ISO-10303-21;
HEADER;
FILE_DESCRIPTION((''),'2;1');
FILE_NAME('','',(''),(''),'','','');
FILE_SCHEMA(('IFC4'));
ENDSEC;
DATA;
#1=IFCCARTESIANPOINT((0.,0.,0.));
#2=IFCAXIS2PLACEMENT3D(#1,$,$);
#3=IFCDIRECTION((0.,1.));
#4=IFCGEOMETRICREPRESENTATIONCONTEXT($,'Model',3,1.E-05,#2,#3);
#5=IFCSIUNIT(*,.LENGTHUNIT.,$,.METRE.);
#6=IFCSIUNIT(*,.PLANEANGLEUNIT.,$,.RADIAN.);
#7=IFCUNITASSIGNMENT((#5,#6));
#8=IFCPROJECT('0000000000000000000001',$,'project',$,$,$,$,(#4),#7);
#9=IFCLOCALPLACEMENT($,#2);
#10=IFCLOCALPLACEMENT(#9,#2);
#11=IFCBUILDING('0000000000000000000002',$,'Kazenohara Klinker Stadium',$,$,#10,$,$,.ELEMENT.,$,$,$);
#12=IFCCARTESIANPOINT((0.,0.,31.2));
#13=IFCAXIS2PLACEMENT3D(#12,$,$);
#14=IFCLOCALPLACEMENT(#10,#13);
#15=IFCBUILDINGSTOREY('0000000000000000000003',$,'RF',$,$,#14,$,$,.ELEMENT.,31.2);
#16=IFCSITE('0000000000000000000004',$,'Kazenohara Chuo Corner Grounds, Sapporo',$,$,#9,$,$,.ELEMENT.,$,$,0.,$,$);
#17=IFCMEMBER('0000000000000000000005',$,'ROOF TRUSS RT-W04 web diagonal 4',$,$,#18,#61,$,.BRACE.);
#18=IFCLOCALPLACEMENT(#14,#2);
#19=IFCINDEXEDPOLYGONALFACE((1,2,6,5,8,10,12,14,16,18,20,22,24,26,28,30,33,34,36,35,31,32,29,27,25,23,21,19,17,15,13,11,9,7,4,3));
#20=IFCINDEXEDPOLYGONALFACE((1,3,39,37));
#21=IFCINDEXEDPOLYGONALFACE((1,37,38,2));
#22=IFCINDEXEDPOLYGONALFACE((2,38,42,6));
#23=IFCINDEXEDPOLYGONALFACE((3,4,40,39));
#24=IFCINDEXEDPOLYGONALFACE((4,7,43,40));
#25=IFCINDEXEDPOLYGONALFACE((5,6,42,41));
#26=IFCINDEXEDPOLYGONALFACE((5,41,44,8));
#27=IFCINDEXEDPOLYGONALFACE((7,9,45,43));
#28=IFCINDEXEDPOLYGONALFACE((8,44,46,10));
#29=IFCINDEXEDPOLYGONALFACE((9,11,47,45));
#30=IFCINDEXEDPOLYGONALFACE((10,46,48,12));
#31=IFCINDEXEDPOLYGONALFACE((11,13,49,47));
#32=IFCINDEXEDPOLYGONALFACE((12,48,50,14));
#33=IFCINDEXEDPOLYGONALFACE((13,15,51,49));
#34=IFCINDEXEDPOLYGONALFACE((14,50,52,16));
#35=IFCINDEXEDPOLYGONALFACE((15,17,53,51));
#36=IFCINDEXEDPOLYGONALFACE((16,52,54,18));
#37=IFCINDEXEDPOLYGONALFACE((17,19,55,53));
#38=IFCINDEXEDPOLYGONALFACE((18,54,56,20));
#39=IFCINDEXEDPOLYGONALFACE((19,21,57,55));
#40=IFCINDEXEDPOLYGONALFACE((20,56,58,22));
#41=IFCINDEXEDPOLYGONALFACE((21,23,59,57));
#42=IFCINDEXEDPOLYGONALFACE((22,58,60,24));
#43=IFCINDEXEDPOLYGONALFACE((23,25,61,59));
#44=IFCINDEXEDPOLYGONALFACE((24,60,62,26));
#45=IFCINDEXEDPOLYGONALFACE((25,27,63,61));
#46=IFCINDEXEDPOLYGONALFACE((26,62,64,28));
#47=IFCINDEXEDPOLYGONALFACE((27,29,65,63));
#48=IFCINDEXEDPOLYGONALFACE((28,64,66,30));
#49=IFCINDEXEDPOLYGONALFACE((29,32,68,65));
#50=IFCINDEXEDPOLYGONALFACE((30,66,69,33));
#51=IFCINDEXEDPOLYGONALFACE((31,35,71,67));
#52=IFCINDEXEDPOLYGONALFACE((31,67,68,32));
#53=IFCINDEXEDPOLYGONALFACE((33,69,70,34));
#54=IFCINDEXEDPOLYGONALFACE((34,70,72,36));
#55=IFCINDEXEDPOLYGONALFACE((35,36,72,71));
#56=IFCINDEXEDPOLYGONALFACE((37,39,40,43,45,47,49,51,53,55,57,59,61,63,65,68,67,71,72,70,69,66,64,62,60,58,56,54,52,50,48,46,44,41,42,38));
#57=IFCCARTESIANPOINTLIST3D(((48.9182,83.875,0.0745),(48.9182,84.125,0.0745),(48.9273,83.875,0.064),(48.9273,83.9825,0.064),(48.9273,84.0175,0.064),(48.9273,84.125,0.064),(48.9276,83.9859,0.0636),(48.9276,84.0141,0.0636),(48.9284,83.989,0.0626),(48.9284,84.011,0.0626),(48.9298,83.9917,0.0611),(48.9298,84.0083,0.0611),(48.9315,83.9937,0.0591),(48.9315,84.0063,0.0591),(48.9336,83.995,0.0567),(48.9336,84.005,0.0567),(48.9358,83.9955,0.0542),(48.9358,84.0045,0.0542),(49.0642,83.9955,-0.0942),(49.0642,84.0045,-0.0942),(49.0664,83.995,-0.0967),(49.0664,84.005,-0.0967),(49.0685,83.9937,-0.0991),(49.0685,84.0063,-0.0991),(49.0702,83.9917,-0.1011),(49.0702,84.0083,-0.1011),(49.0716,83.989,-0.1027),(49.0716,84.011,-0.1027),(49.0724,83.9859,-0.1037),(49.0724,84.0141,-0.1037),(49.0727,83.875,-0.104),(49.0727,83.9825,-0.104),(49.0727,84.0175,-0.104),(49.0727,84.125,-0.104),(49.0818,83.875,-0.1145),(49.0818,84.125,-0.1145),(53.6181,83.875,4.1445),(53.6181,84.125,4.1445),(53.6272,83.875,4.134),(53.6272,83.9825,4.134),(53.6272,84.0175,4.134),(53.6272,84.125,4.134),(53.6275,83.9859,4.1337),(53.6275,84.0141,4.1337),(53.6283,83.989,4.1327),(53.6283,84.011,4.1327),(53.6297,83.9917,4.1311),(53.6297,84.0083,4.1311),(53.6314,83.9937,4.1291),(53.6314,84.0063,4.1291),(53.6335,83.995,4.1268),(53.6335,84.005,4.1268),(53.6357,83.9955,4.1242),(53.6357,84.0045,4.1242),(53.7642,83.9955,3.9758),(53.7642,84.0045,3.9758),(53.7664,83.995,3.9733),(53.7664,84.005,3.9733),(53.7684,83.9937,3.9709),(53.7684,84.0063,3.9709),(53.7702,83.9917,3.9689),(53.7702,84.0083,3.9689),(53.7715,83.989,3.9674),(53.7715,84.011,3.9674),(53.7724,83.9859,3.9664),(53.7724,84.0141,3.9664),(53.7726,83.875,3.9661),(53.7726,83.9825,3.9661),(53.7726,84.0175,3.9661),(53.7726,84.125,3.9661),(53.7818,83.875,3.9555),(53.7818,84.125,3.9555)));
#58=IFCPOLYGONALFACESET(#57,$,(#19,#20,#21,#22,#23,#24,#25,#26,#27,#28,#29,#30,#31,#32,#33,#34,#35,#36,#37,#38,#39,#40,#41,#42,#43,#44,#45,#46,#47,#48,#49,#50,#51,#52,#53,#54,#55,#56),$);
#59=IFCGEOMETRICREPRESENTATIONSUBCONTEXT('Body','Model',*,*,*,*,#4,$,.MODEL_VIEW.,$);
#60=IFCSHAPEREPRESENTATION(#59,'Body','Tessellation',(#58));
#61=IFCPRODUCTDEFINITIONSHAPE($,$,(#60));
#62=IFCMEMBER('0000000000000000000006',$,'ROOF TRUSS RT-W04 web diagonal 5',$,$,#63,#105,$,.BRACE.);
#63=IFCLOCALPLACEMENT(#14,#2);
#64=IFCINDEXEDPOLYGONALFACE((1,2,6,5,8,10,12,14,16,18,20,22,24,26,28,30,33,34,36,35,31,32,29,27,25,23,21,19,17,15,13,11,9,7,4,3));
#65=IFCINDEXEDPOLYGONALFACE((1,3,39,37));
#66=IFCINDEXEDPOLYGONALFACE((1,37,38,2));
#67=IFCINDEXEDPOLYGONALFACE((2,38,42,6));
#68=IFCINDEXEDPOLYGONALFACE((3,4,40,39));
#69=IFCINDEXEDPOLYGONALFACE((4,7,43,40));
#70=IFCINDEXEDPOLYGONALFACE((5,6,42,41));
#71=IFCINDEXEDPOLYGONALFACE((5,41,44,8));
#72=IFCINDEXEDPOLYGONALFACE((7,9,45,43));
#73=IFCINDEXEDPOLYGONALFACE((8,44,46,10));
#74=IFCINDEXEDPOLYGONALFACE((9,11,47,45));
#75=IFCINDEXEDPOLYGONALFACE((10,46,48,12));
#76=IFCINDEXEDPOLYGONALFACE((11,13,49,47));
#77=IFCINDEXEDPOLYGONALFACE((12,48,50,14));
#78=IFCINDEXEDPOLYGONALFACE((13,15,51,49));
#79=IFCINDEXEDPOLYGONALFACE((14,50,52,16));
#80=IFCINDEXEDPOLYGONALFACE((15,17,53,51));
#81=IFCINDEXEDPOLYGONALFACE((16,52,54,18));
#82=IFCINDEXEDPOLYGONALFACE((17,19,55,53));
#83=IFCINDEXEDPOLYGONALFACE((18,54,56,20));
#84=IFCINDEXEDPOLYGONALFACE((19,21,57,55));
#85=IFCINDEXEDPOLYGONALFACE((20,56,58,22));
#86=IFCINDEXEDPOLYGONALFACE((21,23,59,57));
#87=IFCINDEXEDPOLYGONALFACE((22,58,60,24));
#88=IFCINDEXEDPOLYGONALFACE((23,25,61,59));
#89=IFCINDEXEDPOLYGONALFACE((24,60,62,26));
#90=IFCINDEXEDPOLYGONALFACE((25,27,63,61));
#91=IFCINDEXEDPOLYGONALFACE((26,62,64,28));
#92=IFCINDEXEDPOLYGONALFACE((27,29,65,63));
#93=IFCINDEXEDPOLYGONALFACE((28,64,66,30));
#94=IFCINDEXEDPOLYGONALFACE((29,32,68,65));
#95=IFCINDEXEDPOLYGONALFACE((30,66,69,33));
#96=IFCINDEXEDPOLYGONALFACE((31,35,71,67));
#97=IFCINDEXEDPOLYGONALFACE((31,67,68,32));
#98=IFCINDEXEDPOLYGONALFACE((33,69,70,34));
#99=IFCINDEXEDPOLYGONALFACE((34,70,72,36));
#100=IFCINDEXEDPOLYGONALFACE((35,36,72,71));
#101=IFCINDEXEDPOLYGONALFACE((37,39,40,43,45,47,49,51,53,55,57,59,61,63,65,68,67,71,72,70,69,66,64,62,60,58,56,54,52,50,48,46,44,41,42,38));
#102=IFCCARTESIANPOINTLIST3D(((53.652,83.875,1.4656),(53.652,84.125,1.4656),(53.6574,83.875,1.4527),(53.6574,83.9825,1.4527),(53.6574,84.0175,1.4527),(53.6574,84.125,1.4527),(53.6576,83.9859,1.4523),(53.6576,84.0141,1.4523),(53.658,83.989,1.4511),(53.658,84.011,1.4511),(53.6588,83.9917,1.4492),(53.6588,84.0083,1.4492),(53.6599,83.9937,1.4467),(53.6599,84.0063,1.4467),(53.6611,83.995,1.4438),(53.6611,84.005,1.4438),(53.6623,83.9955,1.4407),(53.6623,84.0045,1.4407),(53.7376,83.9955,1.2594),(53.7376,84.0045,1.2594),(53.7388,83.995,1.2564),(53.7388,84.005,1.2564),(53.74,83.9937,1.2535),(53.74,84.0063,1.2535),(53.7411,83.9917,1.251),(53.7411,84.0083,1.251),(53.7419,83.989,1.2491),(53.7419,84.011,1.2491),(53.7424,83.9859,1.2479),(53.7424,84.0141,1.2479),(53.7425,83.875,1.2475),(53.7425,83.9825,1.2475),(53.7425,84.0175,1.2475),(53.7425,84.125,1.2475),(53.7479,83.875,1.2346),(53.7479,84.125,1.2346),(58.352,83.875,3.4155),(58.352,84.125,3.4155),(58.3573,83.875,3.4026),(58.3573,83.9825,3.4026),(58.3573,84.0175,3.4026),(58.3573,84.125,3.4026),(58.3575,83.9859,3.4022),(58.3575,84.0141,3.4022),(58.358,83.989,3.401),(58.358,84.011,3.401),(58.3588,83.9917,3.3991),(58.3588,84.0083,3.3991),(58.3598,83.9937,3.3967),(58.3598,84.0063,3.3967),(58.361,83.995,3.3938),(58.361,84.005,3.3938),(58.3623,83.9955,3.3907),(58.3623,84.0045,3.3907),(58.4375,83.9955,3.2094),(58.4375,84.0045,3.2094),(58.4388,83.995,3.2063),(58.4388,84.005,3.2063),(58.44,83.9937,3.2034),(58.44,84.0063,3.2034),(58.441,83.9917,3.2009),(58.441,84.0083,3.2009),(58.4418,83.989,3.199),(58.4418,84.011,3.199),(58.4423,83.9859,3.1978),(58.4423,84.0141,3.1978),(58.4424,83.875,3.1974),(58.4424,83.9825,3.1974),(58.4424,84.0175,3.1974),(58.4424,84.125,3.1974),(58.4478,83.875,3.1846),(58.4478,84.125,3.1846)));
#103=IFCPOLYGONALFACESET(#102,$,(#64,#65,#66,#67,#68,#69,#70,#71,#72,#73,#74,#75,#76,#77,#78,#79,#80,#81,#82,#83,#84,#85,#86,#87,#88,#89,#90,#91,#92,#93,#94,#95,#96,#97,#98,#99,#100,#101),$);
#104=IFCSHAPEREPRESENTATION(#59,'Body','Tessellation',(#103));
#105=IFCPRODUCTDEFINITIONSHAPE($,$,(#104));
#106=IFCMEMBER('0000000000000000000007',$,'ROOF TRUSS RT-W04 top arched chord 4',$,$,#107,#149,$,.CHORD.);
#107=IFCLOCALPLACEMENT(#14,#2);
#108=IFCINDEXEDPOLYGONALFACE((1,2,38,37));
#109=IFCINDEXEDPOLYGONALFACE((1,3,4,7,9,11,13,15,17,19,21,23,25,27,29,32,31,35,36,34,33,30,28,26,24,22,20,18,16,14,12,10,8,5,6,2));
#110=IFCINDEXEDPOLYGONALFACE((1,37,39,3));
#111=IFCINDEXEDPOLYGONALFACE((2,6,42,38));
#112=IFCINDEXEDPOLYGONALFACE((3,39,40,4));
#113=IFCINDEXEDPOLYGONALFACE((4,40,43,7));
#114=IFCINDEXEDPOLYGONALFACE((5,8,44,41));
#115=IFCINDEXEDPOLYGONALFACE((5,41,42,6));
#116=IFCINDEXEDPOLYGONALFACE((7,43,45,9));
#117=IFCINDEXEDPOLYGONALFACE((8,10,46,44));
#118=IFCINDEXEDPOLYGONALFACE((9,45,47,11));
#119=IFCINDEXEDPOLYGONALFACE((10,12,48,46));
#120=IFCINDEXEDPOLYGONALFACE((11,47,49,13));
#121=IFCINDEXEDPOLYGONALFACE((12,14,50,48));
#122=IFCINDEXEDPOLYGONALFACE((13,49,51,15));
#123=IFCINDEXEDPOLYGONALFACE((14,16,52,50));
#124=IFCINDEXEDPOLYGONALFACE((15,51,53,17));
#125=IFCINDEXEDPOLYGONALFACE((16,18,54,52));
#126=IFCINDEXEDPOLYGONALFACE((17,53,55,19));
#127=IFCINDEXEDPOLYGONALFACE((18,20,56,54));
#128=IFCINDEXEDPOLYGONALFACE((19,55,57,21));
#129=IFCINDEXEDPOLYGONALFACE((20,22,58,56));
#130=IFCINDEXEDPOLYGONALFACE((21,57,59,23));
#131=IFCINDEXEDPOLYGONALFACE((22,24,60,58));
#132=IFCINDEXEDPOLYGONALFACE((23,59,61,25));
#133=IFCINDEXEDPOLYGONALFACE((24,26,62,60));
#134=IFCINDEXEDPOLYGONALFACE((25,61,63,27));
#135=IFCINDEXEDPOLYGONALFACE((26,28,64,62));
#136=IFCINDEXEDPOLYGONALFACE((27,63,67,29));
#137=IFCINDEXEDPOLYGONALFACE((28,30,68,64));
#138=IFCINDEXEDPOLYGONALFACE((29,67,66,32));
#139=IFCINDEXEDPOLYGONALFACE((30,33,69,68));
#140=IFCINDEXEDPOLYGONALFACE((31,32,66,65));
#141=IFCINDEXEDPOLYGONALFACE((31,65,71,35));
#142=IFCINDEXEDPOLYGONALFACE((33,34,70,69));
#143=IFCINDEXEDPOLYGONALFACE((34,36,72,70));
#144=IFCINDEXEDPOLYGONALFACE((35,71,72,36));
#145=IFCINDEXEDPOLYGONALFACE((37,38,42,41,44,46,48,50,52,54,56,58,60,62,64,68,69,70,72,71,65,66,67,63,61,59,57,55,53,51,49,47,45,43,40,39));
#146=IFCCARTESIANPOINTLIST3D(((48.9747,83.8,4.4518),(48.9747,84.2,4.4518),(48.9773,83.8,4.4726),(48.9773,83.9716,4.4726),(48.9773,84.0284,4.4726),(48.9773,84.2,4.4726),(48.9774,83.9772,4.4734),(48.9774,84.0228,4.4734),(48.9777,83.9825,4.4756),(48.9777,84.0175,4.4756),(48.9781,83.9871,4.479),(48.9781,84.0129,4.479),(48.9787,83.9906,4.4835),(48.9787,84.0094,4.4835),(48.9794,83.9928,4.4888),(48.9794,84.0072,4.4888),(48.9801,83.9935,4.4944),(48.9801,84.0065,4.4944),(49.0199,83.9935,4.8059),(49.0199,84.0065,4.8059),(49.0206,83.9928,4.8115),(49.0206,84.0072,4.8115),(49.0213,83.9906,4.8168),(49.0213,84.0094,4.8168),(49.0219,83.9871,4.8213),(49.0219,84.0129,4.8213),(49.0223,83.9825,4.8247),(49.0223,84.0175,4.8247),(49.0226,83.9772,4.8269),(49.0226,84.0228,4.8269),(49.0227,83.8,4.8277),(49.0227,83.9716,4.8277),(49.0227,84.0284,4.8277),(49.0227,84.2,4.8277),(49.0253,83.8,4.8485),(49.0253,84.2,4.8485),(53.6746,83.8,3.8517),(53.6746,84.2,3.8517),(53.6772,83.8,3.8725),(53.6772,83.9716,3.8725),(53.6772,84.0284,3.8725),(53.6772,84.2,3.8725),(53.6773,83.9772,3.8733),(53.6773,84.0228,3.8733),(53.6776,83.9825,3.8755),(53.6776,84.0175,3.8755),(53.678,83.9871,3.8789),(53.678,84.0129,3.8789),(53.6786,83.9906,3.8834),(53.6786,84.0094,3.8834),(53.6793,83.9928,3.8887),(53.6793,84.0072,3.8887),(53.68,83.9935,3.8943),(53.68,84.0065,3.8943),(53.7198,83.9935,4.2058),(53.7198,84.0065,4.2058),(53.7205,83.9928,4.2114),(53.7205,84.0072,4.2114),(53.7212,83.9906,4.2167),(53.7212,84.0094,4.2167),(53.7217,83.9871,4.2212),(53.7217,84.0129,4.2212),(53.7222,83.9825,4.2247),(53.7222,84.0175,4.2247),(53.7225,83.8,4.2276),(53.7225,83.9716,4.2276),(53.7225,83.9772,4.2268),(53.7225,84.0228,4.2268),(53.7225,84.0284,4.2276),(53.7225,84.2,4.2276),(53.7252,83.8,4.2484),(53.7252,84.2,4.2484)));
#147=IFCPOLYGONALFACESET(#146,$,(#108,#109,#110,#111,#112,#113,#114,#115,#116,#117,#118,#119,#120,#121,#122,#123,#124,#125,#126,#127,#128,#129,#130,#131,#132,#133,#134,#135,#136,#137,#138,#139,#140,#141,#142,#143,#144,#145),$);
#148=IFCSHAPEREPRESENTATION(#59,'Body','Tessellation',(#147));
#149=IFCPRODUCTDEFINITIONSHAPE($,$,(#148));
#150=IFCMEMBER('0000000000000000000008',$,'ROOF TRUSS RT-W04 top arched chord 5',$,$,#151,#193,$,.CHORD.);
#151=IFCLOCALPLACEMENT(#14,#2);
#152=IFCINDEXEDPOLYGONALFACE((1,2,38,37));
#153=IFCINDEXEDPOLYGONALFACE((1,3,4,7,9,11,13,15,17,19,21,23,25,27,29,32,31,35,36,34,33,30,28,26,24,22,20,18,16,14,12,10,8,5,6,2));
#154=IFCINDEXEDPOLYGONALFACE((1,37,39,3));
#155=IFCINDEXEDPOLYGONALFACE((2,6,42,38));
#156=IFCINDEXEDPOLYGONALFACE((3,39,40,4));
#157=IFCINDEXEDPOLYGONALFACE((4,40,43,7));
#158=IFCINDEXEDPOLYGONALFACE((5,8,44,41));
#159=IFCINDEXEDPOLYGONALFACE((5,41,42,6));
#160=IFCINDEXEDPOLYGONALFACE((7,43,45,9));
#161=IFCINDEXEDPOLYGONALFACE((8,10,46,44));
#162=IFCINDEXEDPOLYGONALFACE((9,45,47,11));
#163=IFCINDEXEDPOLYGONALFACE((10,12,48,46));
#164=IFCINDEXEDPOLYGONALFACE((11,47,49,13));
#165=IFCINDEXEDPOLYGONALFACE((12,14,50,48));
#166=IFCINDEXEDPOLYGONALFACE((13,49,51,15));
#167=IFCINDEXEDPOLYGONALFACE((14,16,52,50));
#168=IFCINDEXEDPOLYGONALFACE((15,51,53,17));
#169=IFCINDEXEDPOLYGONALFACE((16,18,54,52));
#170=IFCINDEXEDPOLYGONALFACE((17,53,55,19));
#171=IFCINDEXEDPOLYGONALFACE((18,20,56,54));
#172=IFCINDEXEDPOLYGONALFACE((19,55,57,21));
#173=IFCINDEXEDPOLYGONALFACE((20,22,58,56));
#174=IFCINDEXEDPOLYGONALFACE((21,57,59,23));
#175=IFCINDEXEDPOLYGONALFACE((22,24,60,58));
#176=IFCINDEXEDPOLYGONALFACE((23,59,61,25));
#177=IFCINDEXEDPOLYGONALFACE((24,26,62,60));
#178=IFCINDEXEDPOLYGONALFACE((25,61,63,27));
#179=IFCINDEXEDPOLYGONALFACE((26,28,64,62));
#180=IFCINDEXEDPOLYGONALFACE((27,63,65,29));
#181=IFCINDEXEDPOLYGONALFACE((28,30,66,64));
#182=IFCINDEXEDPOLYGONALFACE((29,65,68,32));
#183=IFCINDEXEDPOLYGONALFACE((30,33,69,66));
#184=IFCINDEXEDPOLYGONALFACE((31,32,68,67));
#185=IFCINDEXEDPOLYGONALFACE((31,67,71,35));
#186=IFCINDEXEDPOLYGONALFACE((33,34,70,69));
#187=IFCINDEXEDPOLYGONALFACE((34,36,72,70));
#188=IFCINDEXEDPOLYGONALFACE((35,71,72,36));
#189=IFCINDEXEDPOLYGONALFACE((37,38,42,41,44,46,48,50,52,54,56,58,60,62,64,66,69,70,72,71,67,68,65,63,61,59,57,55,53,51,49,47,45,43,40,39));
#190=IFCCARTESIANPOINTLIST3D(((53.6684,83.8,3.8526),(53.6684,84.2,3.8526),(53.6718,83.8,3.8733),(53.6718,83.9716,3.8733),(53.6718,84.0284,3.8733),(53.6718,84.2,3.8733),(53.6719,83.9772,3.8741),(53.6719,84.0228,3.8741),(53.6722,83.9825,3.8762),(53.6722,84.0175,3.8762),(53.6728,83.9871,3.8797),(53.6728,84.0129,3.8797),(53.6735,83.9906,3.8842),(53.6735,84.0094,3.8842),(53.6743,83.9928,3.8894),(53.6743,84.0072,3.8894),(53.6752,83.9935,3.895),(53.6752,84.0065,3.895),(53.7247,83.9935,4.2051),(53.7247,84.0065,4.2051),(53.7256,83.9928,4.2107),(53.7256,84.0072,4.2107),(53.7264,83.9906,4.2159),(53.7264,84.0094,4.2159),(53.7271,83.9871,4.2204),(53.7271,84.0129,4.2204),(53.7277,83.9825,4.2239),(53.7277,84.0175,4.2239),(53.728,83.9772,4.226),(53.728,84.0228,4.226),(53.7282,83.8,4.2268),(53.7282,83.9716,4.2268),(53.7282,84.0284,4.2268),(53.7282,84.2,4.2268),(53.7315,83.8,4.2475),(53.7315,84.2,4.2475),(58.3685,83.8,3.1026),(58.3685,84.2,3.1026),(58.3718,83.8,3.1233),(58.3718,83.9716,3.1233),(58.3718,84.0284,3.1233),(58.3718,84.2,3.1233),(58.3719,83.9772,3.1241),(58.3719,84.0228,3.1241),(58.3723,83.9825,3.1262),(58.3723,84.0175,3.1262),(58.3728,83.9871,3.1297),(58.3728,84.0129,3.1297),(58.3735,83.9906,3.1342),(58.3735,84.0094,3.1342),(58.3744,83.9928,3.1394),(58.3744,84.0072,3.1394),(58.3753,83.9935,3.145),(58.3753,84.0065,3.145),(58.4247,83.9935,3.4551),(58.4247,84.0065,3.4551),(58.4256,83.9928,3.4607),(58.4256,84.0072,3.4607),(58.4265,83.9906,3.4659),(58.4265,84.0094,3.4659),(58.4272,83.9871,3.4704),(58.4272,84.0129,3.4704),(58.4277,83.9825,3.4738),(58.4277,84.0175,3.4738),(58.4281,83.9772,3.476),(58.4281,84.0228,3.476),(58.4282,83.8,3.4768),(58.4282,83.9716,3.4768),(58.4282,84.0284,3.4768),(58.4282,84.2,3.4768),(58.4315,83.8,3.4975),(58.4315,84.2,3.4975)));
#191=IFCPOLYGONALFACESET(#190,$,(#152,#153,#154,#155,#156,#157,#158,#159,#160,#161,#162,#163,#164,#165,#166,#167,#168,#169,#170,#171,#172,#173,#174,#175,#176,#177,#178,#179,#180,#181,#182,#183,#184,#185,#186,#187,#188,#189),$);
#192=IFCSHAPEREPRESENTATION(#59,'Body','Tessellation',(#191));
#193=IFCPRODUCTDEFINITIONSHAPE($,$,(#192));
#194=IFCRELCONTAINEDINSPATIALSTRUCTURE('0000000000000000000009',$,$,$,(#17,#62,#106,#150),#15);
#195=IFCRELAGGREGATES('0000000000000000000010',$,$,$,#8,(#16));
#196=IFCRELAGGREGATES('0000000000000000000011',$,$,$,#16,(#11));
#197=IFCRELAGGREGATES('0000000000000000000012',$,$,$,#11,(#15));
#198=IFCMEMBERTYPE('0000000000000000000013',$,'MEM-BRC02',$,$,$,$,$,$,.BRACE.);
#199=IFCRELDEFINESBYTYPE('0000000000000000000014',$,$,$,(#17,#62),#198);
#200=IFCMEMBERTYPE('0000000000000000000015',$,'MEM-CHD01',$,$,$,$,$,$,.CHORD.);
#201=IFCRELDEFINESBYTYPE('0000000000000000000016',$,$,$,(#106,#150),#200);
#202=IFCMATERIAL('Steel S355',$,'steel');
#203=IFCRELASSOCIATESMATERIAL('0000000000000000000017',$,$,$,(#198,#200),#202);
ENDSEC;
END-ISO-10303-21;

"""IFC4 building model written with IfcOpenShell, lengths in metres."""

from ifc_helpers import new_model, si_unit, direction, frame, origin, origin_2d, place, context, subcontext, project, spatial, i_section, extrude, material, material_profile, profile_set, type_object, element, save


model = new_model("IFC4")

# Units and contexts
model_context = context("Model", 3, precision=1e-05, world=origin(), true_north=direction((0.0, 1.0)))
body_context = subcontext(model_context, "Body", "Model", "MODEL_VIEW")
ifc_project = project(units=[si_unit("LENGTHUNIT", "METRE"), si_unit("PLANEANGLEUNIT", "RADIAN")], contexts=[model_context])

# Site, building, storey
site_placement = place(None, origin())
site = spatial("IfcSite", under=ifc_project, at=site_placement, Name="Kazenohara Chuo Corner Grounds, Sapporo", CompositionType="ELEMENT", RefElevation=0.0)
building_placement = place(site_placement, origin())
building = spatial("IfcBuilding", under=site, at=building_placement, Name="Kazenohara Klinker Stadium", CompositionType="ELEMENT")
storey_placement = place(building_placement, frame((0.0, 0.0, 31.2)))
storey = spatial("IfcBuildingStorey", under=building, at=storey_placement, Name="RF", CompositionType="ELEMENT", Elevation=31.2)

# Members
ifc_material_1 = material(Name="Steel S355", Category="steel")
ifc_material_profile_1 = material_profile(ifc_material_1, i_section(OverallWidth=0.25, OverallDepth=0.25, WebThickness=0.009, FlangeThickness=0.0139, FilletRadius=0.0129, at=origin_2d()), Name="H-250x250x9x14")
ifc_profile_set_1 = profile_set([ifc_material_profile_1], Name="Steel S355")
member_type_1 = type_object("IfcMemberType", Name="MEM-BRC02", PredefinedType="BRACE", material=ifc_profile_set_1)
member_1_placement = place(storey_placement, frame((49.0, 84.0, -0.02), z_axis=(0.755946, 0.0, 0.654634), x_axis=(0.0, 1.0, 0.0)))
element("IfcMember", 1, at=member_1_placement, inside=storey, type_object=member_type_1, Name="ROOF TRUSS RT-W04 web diagonal 4", PredefinedType="BRACE", context=body_context, shape_type="SweptSolid", body=[
    extrude(i_section(OverallWidth=0.25, OverallDepth=0.25, WebThickness=0.009, FlangeThickness=0.0139, FilletRadius=0.0129, at=origin_2d()), origin(), (0.0, 0.0, 1.0), 6.2173),
])
member_2_placement = place(storey_placement, frame((53.7, 84.0, 1.3501), z_axis=(0.923659, 0.0, 0.383215), x_axis=(0.0, 1.0, 0.0)))
element("IfcMember", 2, at=member_2_placement, inside=storey, type_object=member_type_1, Name="ROOF TRUSS RT-W04 web diagonal 5", PredefinedType="BRACE", context=body_context, shape_type="SweptSolid", body=[
    extrude(i_section(OverallWidth=0.25, OverallDepth=0.25, WebThickness=0.009, FlangeThickness=0.0139, FilletRadius=0.0129, at=origin_2d()), origin(), (0.0, 0.0, 1.0), 5.0884),
])
ifc_material_profile_2 = material_profile(ifc_material_1, i_section(OverallWidth=0.3999, OverallDepth=0.3999, WebThickness=0.0129, FlangeThickness=0.021, FilletRadius=0.022, at=origin_2d()), Name="H-400x400x13x21")
ifc_profile_set_2 = profile_set([ifc_material_profile_2], Name="Steel S355")
member_type_2 = type_object("IfcMemberType", Name="MEM-CHD01", PredefinedType="CHORD", material=ifc_profile_set_2)
member_3_placement = place(storey_placement, frame((49.0, 84.0, 4.6501), z_axis=(0.991947, 0.0, -0.126653), x_axis=(0.0, 1.0, 0.0)))
element("IfcMember", 3, at=member_3_placement, inside=storey, type_object=member_type_2, Name="ROOF TRUSS RT-W04 top arched chord 4", PredefinedType="CHORD", context=body_context, shape_type="SweptSolid", body=[
    extrude(i_section(OverallWidth=0.3999, OverallDepth=0.3999, WebThickness=0.0129, FlangeThickness=0.021, FilletRadius=0.022, at=origin_2d()), origin(), (0.0, 0.0, 1.0), 4.738),
])
member_4_placement = place(storey_placement, frame((53.7, 84.0, 4.05), z_axis=(0.987506, 0.0, -0.157582), x_axis=(0.0, 1.0, 0.0)))
element("IfcMember", 4, at=member_4_placement, inside=storey, type_object=member_type_2, Name="ROOF TRUSS RT-W04 top arched chord 5", PredefinedType="CHORD", context=body_context, shape_type="SweptSolid", body=[
    extrude(i_section(OverallWidth=0.3999, OverallDepth=0.3999, WebThickness=0.0129, FlangeThickness=0.021, FilletRadius=0.022, at=origin_2d()), origin(), (0.0, 0.0, 1.0), 4.7595),
])

save(model, "model.ifc")
